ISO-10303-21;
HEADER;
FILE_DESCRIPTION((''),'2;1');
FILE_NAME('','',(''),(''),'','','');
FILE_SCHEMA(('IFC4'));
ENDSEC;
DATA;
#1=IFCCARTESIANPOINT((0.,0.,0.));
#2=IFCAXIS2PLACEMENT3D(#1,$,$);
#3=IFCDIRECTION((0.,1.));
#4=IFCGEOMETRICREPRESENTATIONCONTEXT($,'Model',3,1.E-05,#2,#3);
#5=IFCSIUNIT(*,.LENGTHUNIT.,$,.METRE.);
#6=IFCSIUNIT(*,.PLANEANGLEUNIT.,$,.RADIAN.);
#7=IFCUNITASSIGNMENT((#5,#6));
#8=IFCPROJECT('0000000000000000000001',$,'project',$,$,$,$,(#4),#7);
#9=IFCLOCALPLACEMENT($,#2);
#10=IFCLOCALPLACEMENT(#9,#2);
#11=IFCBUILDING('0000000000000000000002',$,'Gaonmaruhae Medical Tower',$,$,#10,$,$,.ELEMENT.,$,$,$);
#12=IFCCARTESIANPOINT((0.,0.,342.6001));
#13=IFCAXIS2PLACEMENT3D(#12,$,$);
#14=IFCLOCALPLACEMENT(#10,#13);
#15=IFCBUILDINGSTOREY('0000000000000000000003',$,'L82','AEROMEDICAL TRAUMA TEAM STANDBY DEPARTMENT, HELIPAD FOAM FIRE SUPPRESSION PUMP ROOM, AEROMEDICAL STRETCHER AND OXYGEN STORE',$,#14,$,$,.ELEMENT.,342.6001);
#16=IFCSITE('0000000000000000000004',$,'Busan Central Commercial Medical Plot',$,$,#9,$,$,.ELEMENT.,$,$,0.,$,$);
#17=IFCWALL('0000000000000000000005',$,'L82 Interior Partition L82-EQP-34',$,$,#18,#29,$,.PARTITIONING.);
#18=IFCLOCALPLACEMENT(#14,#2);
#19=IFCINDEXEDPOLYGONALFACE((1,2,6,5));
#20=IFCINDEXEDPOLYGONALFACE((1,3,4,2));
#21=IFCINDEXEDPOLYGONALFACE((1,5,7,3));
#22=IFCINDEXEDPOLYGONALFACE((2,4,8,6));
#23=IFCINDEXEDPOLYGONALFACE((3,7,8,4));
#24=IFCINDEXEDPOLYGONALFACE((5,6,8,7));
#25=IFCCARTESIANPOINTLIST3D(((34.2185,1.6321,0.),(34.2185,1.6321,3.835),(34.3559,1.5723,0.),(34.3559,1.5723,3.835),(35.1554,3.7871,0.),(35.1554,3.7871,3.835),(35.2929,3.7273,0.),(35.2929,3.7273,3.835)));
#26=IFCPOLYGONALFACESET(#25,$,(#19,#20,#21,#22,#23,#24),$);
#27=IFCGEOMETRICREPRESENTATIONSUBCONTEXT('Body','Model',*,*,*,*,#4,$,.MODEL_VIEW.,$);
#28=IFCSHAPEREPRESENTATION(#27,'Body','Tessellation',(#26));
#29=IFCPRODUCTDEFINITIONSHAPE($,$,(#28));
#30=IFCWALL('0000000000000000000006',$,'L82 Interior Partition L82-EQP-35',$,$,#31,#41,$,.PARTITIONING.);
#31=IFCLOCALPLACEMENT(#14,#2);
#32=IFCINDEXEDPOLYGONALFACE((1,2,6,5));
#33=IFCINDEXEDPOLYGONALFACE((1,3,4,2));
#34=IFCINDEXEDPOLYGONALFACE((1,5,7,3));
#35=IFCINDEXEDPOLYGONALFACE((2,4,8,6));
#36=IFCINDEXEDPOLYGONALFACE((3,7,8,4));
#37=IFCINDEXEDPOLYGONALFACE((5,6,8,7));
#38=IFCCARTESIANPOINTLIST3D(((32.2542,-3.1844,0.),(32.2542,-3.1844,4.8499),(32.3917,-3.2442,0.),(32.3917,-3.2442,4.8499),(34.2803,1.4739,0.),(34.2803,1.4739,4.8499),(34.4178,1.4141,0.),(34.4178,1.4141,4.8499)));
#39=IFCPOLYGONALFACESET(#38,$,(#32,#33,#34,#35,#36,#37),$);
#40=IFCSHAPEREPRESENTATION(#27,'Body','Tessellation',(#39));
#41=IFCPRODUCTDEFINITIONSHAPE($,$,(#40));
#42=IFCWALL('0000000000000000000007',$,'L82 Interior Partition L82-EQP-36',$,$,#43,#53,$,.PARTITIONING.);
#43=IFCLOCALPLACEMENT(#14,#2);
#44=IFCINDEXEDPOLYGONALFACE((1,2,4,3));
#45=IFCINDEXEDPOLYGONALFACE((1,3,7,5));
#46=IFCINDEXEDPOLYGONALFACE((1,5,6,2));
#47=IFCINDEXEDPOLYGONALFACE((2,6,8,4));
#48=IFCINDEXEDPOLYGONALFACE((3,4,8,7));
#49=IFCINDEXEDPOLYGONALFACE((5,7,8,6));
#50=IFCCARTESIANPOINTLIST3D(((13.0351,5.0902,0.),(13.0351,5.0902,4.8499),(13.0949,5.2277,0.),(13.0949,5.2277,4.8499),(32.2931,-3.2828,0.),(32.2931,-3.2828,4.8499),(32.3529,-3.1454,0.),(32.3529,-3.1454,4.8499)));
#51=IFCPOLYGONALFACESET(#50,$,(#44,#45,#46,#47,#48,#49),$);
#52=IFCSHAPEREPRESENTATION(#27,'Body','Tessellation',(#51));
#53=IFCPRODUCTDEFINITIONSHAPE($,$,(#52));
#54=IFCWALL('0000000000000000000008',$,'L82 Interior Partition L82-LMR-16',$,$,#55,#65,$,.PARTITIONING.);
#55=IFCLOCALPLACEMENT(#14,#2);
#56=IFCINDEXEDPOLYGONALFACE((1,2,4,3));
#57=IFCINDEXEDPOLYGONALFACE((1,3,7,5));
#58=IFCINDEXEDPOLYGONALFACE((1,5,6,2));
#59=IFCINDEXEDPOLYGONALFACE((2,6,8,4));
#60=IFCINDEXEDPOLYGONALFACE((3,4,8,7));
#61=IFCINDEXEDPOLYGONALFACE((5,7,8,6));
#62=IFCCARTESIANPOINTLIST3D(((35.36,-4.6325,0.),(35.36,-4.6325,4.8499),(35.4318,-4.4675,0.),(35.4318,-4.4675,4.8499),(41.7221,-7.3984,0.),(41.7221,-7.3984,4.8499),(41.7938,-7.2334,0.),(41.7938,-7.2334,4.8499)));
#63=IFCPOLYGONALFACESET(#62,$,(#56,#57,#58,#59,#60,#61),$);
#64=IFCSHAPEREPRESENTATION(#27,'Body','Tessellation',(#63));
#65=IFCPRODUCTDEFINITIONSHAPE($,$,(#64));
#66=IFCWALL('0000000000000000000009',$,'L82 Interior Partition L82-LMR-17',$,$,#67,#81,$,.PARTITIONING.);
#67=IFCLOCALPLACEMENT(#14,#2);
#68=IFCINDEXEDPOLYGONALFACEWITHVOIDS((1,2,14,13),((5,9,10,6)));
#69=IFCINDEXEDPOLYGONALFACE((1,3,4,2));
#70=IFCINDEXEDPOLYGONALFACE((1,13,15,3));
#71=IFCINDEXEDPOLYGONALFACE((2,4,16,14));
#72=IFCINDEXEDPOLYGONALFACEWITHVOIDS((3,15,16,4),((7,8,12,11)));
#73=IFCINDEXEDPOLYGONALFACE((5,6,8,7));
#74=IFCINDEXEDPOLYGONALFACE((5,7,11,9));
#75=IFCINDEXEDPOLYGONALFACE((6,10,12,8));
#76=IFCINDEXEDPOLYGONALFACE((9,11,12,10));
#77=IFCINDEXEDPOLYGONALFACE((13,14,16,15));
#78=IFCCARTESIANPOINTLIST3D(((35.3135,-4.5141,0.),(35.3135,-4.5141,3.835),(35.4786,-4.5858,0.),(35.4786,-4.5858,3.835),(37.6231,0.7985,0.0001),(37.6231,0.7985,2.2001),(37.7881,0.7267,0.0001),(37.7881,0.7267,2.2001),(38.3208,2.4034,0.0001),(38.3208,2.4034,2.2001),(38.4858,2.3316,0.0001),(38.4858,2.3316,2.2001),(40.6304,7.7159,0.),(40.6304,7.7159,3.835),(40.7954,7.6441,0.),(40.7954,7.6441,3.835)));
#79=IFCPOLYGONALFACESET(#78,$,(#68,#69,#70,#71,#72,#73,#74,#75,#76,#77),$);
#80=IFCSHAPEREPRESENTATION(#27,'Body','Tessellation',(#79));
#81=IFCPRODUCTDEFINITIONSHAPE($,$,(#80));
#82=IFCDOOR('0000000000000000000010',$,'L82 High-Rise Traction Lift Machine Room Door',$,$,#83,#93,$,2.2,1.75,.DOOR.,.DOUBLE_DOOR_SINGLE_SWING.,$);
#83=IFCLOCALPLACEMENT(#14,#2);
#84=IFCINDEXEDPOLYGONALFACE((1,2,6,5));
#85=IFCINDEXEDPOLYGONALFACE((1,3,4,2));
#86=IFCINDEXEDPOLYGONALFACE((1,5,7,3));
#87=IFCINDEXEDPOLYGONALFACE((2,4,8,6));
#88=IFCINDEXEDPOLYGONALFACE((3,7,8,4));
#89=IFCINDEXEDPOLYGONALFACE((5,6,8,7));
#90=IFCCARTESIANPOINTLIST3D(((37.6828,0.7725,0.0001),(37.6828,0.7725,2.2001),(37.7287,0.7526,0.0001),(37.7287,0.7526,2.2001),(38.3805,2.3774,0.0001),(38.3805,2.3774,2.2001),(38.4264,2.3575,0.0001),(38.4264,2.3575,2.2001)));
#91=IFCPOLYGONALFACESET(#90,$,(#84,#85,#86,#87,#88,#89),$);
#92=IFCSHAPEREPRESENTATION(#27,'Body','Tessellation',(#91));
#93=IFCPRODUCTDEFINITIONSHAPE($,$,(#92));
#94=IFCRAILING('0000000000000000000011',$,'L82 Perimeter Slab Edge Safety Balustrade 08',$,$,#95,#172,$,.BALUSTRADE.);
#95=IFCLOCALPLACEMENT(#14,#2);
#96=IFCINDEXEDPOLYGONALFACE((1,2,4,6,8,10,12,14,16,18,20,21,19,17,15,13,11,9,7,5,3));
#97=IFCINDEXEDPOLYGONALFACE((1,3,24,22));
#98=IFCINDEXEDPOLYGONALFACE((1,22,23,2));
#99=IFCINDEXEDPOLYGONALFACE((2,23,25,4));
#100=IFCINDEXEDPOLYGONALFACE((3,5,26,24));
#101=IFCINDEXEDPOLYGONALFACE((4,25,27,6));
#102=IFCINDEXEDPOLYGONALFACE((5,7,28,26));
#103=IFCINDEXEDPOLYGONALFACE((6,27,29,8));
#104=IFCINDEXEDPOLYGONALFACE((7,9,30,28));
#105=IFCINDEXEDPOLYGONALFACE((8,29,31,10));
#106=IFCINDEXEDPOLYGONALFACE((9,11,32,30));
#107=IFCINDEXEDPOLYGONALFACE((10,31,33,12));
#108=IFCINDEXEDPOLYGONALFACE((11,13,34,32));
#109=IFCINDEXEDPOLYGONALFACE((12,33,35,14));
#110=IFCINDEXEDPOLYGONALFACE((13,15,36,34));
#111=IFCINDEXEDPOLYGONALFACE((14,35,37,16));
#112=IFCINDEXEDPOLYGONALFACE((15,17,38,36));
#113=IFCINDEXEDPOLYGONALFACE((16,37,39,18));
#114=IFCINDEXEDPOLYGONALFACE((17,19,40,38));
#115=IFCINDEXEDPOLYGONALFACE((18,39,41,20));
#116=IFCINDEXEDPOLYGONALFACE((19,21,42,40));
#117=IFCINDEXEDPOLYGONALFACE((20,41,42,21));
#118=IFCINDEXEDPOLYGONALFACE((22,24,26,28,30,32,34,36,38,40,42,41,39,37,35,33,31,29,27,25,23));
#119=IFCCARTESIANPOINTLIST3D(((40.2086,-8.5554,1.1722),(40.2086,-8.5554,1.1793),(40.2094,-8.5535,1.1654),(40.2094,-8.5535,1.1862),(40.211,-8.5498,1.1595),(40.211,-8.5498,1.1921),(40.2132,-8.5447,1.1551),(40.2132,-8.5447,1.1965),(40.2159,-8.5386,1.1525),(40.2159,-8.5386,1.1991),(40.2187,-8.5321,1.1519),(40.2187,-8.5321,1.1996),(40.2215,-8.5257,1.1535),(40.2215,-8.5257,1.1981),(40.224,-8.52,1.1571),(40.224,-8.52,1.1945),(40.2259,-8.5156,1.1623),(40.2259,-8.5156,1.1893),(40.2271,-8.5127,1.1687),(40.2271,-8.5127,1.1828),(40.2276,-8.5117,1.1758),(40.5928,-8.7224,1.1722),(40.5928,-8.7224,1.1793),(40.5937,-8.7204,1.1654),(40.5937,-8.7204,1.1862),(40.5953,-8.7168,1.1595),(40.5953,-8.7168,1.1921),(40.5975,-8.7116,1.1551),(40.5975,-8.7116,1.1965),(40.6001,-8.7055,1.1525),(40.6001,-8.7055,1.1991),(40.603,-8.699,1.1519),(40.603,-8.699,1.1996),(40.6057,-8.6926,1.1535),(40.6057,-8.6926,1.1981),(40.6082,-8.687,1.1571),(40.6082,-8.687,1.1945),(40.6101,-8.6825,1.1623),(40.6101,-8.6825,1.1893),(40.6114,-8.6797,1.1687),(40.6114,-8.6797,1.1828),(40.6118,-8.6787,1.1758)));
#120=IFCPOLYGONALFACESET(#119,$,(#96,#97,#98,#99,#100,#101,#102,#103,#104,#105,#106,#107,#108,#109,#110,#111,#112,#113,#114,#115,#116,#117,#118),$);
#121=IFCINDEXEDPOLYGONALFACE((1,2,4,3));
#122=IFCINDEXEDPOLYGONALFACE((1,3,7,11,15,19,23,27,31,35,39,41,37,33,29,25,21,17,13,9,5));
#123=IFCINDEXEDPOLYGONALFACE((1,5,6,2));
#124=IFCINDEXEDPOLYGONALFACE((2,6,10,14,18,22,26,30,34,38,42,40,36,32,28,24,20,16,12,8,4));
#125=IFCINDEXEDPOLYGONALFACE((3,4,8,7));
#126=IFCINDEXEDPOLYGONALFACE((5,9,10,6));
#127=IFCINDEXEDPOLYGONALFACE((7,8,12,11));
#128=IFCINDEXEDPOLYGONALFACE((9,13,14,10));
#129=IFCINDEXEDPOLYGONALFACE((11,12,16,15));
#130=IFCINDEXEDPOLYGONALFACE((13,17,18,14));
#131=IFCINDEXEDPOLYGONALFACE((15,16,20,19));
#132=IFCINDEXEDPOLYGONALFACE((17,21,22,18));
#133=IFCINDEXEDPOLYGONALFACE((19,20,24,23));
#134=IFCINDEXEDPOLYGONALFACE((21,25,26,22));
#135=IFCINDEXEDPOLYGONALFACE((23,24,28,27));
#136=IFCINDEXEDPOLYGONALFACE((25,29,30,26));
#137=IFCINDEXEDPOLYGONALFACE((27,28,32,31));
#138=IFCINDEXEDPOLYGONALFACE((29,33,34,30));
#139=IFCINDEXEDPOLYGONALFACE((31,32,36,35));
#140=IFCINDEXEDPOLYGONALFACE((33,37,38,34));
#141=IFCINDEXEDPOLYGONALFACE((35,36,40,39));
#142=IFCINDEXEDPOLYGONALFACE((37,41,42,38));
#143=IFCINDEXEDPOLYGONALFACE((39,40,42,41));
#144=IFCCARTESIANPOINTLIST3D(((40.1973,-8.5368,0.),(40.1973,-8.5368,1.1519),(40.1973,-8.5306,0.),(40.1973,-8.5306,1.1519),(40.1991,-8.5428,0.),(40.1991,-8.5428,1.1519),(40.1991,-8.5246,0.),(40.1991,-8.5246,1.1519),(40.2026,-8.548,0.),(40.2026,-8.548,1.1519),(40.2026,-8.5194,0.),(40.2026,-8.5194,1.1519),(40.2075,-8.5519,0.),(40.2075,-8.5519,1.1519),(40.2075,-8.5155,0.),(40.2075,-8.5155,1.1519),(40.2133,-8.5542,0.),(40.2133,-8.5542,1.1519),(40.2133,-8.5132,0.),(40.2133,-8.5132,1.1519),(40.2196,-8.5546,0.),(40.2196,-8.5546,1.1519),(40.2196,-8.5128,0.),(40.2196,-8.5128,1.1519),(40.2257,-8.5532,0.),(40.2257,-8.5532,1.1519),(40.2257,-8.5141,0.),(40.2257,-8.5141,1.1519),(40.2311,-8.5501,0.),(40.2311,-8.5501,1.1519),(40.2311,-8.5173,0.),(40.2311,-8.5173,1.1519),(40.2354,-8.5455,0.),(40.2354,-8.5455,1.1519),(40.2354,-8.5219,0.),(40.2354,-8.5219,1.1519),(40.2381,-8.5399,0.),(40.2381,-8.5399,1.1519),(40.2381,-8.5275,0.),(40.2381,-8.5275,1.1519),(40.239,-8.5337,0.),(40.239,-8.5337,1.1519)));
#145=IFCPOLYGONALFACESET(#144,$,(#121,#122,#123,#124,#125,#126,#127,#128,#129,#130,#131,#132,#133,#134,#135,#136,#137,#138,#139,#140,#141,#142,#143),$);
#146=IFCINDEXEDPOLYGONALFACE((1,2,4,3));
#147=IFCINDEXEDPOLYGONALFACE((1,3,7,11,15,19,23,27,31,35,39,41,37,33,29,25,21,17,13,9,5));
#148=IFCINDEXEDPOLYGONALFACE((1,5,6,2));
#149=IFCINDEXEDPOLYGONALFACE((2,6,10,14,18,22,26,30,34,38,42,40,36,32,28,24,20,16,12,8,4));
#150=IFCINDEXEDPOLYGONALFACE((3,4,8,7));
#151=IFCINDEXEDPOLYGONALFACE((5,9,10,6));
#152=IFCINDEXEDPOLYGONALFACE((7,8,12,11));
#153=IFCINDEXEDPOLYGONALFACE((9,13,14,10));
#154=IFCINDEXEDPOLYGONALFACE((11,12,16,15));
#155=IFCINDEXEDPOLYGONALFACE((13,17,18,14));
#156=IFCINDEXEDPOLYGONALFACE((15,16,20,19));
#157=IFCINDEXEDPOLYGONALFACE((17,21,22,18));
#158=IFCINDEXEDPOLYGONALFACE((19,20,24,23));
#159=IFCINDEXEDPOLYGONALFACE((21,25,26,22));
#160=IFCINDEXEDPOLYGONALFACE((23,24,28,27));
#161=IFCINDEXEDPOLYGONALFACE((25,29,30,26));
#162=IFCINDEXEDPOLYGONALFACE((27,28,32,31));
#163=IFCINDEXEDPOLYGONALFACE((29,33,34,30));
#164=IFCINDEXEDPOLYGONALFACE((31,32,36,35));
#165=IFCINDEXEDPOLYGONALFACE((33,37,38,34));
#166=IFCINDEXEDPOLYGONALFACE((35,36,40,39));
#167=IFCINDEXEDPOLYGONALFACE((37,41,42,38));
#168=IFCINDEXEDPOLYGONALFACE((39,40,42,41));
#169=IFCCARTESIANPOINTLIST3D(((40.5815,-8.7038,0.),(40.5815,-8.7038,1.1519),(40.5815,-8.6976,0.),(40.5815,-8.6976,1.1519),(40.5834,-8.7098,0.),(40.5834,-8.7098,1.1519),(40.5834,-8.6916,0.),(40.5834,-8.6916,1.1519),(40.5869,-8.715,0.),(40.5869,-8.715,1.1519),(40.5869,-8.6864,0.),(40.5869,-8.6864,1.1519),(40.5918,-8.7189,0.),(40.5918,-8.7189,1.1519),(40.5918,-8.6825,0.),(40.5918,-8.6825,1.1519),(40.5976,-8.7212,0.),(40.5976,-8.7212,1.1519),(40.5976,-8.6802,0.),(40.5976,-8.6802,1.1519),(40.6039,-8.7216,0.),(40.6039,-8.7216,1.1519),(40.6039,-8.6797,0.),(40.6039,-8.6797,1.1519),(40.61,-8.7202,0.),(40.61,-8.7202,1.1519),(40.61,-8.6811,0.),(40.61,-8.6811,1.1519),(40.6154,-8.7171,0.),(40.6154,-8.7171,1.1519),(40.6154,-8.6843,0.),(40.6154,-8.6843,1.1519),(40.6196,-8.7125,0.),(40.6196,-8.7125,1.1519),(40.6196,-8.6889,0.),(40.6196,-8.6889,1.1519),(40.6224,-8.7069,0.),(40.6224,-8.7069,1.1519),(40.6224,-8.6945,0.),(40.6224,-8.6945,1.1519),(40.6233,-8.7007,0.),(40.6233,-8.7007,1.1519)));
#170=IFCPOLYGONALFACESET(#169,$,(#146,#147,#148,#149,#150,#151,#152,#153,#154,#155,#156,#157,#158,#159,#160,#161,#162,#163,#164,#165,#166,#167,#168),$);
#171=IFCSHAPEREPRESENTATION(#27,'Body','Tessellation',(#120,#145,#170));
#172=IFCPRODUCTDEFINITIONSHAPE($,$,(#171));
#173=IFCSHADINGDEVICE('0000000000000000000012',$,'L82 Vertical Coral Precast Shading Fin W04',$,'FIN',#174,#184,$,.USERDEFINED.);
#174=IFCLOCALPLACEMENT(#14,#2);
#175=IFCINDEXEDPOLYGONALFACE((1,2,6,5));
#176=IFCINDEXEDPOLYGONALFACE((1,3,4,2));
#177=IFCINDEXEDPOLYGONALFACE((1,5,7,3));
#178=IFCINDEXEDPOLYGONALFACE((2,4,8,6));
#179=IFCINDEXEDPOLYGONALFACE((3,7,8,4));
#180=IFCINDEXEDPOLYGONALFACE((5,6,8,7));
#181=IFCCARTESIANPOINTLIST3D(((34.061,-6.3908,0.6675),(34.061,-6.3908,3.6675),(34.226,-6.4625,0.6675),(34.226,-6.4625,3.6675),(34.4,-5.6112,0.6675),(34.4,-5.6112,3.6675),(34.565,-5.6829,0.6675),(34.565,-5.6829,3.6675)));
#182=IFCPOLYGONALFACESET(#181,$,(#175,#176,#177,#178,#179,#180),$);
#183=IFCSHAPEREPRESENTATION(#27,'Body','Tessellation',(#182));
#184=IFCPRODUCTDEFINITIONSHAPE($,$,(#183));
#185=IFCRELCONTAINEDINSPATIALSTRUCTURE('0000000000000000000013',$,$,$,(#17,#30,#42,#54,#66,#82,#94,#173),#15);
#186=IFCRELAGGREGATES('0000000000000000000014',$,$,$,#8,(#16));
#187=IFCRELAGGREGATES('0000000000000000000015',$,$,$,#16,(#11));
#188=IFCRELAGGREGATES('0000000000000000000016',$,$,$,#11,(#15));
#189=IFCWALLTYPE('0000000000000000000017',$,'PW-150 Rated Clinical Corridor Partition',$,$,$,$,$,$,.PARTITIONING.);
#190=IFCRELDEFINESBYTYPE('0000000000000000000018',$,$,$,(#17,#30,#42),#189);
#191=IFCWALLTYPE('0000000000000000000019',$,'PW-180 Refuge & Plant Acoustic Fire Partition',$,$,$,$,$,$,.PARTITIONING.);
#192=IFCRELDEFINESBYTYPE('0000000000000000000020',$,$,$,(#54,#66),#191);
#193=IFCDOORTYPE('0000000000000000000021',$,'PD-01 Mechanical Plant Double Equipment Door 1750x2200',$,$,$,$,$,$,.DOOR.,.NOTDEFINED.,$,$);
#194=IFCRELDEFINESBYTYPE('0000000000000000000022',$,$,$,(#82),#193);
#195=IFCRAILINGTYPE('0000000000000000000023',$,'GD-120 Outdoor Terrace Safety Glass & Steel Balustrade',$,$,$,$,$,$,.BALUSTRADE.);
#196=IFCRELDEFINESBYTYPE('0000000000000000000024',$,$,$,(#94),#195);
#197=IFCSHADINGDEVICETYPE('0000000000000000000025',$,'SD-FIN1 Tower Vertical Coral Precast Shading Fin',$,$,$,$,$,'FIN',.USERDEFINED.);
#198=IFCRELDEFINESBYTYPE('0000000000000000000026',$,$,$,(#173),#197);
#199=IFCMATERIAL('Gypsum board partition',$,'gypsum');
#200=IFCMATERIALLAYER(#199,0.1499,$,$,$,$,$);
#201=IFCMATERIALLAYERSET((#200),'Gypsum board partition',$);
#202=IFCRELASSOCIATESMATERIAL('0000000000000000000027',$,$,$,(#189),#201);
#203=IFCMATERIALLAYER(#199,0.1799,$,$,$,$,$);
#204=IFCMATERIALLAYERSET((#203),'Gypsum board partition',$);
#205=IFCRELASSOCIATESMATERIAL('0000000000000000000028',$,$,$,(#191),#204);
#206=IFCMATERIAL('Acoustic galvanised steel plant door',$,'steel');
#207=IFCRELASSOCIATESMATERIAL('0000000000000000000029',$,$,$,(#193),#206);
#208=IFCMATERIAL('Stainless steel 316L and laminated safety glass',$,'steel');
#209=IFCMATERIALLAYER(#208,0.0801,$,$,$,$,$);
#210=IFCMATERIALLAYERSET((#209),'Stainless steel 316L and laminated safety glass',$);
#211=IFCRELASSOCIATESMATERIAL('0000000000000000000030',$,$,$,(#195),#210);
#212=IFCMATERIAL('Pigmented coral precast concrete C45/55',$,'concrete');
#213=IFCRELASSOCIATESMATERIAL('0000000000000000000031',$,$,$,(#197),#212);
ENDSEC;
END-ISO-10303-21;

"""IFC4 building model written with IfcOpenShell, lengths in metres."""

from ifc_helpers import new_model, si_unit, direction, frame, frame_2d, origin, origin_2d, place, context, subcontext, project, spatial, rectangle, circle, extrude, material, layer, layer_set, type_object, element, fill, save


model = new_model("IFC4")

# Units and contexts
model_context = context("Model", 3, precision=1e-05, world=origin(), true_north=direction((0.0, 1.0)))
body_context = subcontext(model_context, "Body", "Model", "MODEL_VIEW")
ifc_project = project(units=[si_unit("LENGTHUNIT", "METRE"), si_unit("PLANEANGLEUNIT", "RADIAN")], contexts=[model_context])

# Site, building, storey
site_placement = place(None, origin())
site = spatial("IfcSite", under=ifc_project, at=site_placement, Name="Busan Central Commercial Medical Plot", CompositionType="ELEMENT", RefElevation=0.0)
building_placement = place(site_placement, origin())
building = spatial("IfcBuilding", under=site, at=building_placement, Name="Gaonmaruhae Medical Tower", CompositionType="ELEMENT")
storey_placement = place(building_placement, frame((0.0, 0.0, 342.6001)))
storey = spatial("IfcBuildingStorey", under=building, at=storey_placement, Name="L82", Description="AEROMEDICAL TRAUMA TEAM STANDBY DEPARTMENT, HELIPAD FOAM FIRE SUPPRESSION PUMP ROOM, AEROMEDICAL STRETCHER AND OXYGEN STORE", CompositionType="ELEMENT", Elevation=342.6001)

# Walls
ifc_material_1 = material(Name="Gypsum board partition", Category="gypsum")
ifc_layer_1 = layer(ifc_material_1, 0.1499)
ifc_layer_set_1 = layer_set([ifc_layer_1], Name="Gypsum board partition")
wall_type_1 = type_object("IfcWallType", Name="PW-150 Rated Clinical Corridor Partition", PredefinedType="PARTITIONING", material=ifc_layer_set_1)
wall_1_placement = place(storey_placement, frame((35.2241, 3.7571, 0.0), z_axis=(0.0, 0.0, 1.0), x_axis=(-0.398741, -0.917063, 0.0)))
element("IfcWall", 1, at=wall_1_placement, inside=storey, type_object=wall_type_1, Name="L82 Interior Partition L82-EQP-34", PredefinedType="PARTITIONING", context=body_context, shape_type="SweptSolid", body=[
    extrude(rectangle(XDim=2.3499, YDim=0.1499, at=frame_2d((1.1748, 0.0))), origin(), (0.0, 0.0, 1.0), 3.835),
])
wall_2_placement = place(storey_placement, frame((34.3491, 1.4441, 0.0), z_axis=(0.0, 0.0, 1.0), x_axis=(-0.398861, -0.917011, 0.0)))
element("IfcWall", 2, at=wall_2_placement, inside=storey, type_object=wall_type_1, Name="L82 Interior Partition L82-EQP-35", PredefinedType="PARTITIONING", context=body_context, shape_type="SweptSolid", body=[
    extrude(rectangle(XDim=5.0798, YDim=0.1499, at=frame_2d((2.54, 0.0))), origin(), (0.0, 0.0, 1.0), 4.8499),
])
wall_3_placement = place(storey_placement, frame((32.323, -3.2141, 0.0), z_axis=(0.0, 0.0, 1.0), x_axis=(-0.91707, 0.398725, 0.0)))
element("IfcWall", 3, at=wall_3_placement, inside=storey, type_object=wall_type_1, Name="L82 Interior Partition L82-EQP-36", PredefinedType="PARTITIONING", context=body_context, shape_type="SweptSolid", body=[
    extrude(rectangle(XDim=20.9995, YDim=0.1499, at=frame_2d((10.4998, 0.0))), origin(), (0.0, 0.0, 1.0), 4.8499),
])
ifc_layer_2 = layer(ifc_material_1, 0.1799)
ifc_layer_set_2 = layer_set([ifc_layer_2], Name="Gypsum board partition")
wall_type_2 = type_object("IfcWallType", Name="PW-180 Refuge & Plant Acoustic Fire Partition", PredefinedType="PARTITIONING", material=ifc_layer_set_2)
wall_4_placement = place(storey_placement, frame((41.7581, -7.3159, 0.0), z_axis=(0.0, 0.0, 1.0), x_axis=(-0.917083, 0.398697, 0.0)))
element("IfcWall", 4, at=wall_4_placement, inside=storey, type_object=wall_type_2, Name="L82 Interior Partition L82-LMR-16", PredefinedType="PARTITIONING", context=body_context, shape_type="SweptSolid", body=[
    extrude(rectangle(XDim=6.9373, YDim=0.1799, at=frame_2d((3.4688, 0.0))), origin(), (0.0, 0.0, 1.0), 4.8499),
])

# Wall, opening, door
wall_5_placement = place(storey_placement, frame((35.396, -4.55, 0.0), z_axis=(0.0, 0.0, 1.0), x_axis=(0.398695, 0.917083, 0.0)))
wall_5 = element("IfcWall", 5, at=wall_5_placement, inside=storey, type_object=wall_type_2, Name="L82 Interior Partition L82-LMR-17", PredefinedType="PARTITIONING", context=body_context, shape_type="SweptSolid", body=[
    extrude(rectangle(XDim=13.3357, YDim=0.1799, at=frame_2d((6.668, 0.0))), origin(), (0.0, 0.0, 1.0), 3.835),
])
opening_1_placement = place(wall_5_placement, frame((5.793, 0.0, 0.0)))
opening_1 = element("IfcOpeningElement", 6, at=opening_1_placement, cuts=wall_5, PredefinedType="OPENING", context=body_context, shape_type="SweptSolid", body=[
    extrude(rectangle(XDim=1.75, YDim=2.2, at=frame_2d((0.875, 1.1001))), frame((0.0, 0.1001, 0.0), z_axis=(0.0, -1.0, 0.0), x_axis=(1.0, 0.0, 0.0)), (0.0, 0.0, 1.0), 0.2),
])
ifc_material_2 = material(Name="Acoustic galvanised steel plant door", Category="steel")
door_type = type_object("IfcDoorType", Name="PD-01 Mechanical Plant Double Equipment Door 1750x2200", OperationType="NOTDEFINED", PredefinedType="DOOR", material=ifc_material_2)
door_placement = place(opening_1_placement, origin())
door = element("IfcDoor", 7, at=door_placement, inside=storey, type_object=door_type, Name="L82 High-Rise Traction Lift Machine Room Door", OperationType="DOUBLE_DOOR_SINGLE_SWING", OverallHeight=2.2, OverallWidth=1.75, PredefinedType="DOOR", context=body_context, shape_type="SweptSolid", body=[
    extrude(rectangle(XDim=1.75, YDim=2.2, at=frame_2d((0.875, 1.1001))), frame((0.0, 0.0249, 0.0), z_axis=(0.0, -1.0, 0.0), x_axis=(1.0, 0.0, 0.0)), (0.0, 0.0, 1.0), 0.05),
])
fill(opening_1, door)

# Railing
ifc_material_3 = material(Name="Stainless steel 316L and laminated safety glass", Category="steel")
ifc_layer_3 = layer(ifc_material_3, 0.0801)
ifc_layer_set_3 = layer_set([ifc_layer_3], Name="Stainless steel 316L and laminated safety glass")
railing_type = type_object("IfcRailingType", Name="GD-120 Outdoor Terrace Safety Glass & Steel Balustrade", PredefinedType="BALUSTRADE", material=ifc_layer_set_3)
railing_placement = place(storey_placement, frame((40.218, -8.5337, 0.0)))
element("IfcRailing", 8, at=railing_placement, inside=storey, type_object=railing_type, Name="L82 Perimeter Slab Edge Safety Balustrade 08", PredefinedType="BALUSTRADE", context=body_context, shape_type="SweptSolid", body=[
    extrude(circle(Radius=0.0239, at=origin_2d()), frame((0.0, 0.0, 1.1758), z_axis=(0.917144, -0.398556, 0.0), x_axis=(0.398556, 0.917144, 0.0)), (0.0, 0.0, 1.0), 0.4189),
    extrude(circle(Radius=0.021, at=origin_2d()), origin(), (0.0, 0.0, 1.0), 1.1519),
    extrude(circle(Radius=0.021, at=origin_2d()), frame((0.3843, -0.167, 0.0)), (0.0, 0.0, 1.0), 1.1519),
])

# Shading device
ifc_material_4 = material(Name="Pigmented coral precast concrete C45/55", Category="concrete")
shading_device_type = type_object("IfcShadingDeviceType", Name="SD-FIN1 Tower Vertical Coral Precast Shading Fin", ElementType="FIN", PredefinedType="USERDEFINED", material=ifc_material_4)
shading_device_placement = place(storey_placement, frame((34.313, -6.0369, 0.6675), z_axis=(0.0, 0.0, 1.0), x_axis=(-0.91706, 0.398749, 0.0)))
element("IfcShadingDevice", 9, at=shading_device_placement, inside=storey, type_object=shading_device_type, Name="L82 Vertical Coral Precast Shading Fin W04", ObjectType="FIN", PredefinedType="USERDEFINED", context=body_context, shape_type="SweptSolid", body=[
    extrude(rectangle(XDim=0.1799, YDim=0.8501, at=origin_2d()), origin(), (0.0, 0.0, 1.0), 3.0),
])

save(model, "model.ifc")
